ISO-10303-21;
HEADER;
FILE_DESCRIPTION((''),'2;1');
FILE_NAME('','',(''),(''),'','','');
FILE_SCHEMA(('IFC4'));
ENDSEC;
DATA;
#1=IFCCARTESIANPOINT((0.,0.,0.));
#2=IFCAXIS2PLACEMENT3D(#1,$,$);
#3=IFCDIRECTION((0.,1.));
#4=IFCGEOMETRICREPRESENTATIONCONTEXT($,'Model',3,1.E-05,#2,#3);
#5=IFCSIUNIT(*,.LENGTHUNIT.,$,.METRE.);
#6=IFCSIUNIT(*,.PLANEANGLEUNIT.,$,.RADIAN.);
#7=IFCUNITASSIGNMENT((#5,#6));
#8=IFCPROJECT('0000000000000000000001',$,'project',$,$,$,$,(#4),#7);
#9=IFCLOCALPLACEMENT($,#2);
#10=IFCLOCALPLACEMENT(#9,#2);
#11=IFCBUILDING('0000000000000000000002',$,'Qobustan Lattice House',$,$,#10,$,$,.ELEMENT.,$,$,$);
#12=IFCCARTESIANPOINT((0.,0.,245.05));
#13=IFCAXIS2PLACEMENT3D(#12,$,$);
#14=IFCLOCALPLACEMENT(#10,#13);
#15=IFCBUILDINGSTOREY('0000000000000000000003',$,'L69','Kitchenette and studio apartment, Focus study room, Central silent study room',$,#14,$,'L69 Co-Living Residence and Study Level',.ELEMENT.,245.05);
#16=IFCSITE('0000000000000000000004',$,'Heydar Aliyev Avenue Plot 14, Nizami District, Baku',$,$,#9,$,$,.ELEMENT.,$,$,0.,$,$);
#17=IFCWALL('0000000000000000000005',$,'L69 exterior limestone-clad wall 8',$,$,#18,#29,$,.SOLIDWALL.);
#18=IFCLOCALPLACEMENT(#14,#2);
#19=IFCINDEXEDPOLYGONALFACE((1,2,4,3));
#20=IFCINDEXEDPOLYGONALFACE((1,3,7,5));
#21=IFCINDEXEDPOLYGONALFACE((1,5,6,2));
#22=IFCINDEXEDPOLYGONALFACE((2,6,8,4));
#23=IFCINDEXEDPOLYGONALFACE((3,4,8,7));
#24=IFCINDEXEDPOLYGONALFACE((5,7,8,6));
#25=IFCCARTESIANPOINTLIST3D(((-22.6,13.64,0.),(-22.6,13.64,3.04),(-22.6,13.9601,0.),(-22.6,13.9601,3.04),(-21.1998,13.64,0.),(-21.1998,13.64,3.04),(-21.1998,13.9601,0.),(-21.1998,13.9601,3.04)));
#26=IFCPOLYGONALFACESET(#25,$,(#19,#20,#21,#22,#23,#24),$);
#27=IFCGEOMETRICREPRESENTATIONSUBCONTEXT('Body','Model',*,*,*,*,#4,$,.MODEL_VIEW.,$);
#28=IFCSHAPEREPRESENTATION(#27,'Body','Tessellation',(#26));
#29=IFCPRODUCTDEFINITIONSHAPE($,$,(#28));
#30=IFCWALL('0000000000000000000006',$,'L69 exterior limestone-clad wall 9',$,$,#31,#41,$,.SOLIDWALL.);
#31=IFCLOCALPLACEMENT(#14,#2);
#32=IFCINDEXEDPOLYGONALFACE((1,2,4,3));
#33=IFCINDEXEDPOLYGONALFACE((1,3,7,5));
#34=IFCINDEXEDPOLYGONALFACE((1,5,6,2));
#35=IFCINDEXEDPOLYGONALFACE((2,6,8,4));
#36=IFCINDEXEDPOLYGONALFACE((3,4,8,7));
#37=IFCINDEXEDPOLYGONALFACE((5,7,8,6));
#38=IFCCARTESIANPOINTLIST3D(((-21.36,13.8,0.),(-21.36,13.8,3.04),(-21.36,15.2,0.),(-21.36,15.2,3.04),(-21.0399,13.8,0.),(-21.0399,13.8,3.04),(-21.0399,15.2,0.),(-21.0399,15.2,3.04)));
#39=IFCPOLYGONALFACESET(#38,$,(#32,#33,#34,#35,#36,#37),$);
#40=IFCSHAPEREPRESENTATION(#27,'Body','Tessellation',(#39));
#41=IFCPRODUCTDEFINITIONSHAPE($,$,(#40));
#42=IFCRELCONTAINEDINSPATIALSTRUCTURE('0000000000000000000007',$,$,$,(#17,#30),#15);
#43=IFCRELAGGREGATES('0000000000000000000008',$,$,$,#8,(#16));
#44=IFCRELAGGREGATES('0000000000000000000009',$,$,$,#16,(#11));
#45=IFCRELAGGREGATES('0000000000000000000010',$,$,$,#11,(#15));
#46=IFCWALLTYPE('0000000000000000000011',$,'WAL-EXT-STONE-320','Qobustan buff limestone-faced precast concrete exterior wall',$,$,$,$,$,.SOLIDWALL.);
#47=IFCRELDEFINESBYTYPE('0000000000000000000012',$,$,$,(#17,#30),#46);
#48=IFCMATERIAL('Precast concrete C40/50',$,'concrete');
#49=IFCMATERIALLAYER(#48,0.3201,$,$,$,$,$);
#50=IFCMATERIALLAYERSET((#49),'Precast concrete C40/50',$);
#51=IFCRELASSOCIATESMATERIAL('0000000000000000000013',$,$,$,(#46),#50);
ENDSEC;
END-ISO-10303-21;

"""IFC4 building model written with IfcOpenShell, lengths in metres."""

from ifc_helpers import new_model, si_unit, direction, frame, frame_2d, origin, place, context, subcontext, project, spatial, rectangle, extrude, material, layer, layer_set, type_object, element, save


model = new_model("IFC4")

# Units and contexts
model_context = context("Model", 3, precision=1e-05, world=origin(), true_north=direction((0.0, 1.0)))
body_context = subcontext(model_context, "Body", "Model", "MODEL_VIEW")
ifc_project = project(units=[si_unit("LENGTHUNIT", "METRE"), si_unit("PLANEANGLEUNIT", "RADIAN")], contexts=[model_context])

# Site, building, storey
site_placement = place(None, origin())
site = spatial("IfcSite", under=ifc_project, at=site_placement, Name="Heydar Aliyev Avenue Plot 14, Nizami District, Baku", CompositionType="ELEMENT", RefElevation=0.0)
building_placement = place(site_placement, origin())
building = spatial("IfcBuilding", under=site, at=building_placement, Name="Qobustan Lattice House", CompositionType="ELEMENT")
storey_placement = place(building_placement, frame((0.0, 0.0, 245.05)))
storey = spatial("IfcBuildingStorey", under=building, at=storey_placement, Name="L69", Description="Kitchenette and studio apartment, Focus study room, Central silent study room", LongName="L69 Co-Living Residence and Study Level", CompositionType="ELEMENT", Elevation=245.05)

# Walls
ifc_material_1 = material(Name="Precast concrete C40/50", Category="concrete")
ifc_layer_1 = layer(ifc_material_1, 0.3201)
ifc_layer_set_1 = layer_set([ifc_layer_1], Name="Precast concrete C40/50")
wall_type_1 = type_object("IfcWallType", Name="WAL-EXT-STONE-320", Description="Qobustan buff limestone-faced precast concrete exterior wall", PredefinedType="SOLIDWALL", material=ifc_layer_set_1)
for number, where, z_axis, x_axis, name in (
    (1, (-22.6001, 13.8, 0.0), (0.0, 0.0, 1.0), (1.0, 0.0, 0.0), "L69 exterior limestone-clad wall 8"),
):
    element("IfcWall", number, at=place(storey_placement, frame(where, z_axis=z_axis, x_axis=x_axis)), inside=storey, type_object=wall_type_1, Name=name, PredefinedType="SOLIDWALL", context=body_context, shape_type="SweptSolid", body=[
        extrude(rectangle(XDim=1.4001, YDim=0.3201, at=frame_2d((0.7002, 0.0))), origin(), (0.0, 0.0, 1.0), 3.04),
    ])
wall_1_placement = place(storey_placement, frame((-21.2, 13.8, 0.0), z_axis=(0.0, 0.0, 1.0), x_axis=(0.0, 1.0, 0.0)))
element("IfcWall", 2, at=wall_1_placement, inside=storey, type_object=wall_type_1, Name="L69 exterior limestone-clad wall 9", PredefinedType="SOLIDWALL", context=body_context, shape_type="SweptSolid", body=[
    extrude(rectangle(XDim=1.3999, YDim=0.3201, at=frame_2d((0.7, 0.0))), origin(), (0.0, 0.0, 1.0), 3.04),
])

save(model, "model.ifc")
